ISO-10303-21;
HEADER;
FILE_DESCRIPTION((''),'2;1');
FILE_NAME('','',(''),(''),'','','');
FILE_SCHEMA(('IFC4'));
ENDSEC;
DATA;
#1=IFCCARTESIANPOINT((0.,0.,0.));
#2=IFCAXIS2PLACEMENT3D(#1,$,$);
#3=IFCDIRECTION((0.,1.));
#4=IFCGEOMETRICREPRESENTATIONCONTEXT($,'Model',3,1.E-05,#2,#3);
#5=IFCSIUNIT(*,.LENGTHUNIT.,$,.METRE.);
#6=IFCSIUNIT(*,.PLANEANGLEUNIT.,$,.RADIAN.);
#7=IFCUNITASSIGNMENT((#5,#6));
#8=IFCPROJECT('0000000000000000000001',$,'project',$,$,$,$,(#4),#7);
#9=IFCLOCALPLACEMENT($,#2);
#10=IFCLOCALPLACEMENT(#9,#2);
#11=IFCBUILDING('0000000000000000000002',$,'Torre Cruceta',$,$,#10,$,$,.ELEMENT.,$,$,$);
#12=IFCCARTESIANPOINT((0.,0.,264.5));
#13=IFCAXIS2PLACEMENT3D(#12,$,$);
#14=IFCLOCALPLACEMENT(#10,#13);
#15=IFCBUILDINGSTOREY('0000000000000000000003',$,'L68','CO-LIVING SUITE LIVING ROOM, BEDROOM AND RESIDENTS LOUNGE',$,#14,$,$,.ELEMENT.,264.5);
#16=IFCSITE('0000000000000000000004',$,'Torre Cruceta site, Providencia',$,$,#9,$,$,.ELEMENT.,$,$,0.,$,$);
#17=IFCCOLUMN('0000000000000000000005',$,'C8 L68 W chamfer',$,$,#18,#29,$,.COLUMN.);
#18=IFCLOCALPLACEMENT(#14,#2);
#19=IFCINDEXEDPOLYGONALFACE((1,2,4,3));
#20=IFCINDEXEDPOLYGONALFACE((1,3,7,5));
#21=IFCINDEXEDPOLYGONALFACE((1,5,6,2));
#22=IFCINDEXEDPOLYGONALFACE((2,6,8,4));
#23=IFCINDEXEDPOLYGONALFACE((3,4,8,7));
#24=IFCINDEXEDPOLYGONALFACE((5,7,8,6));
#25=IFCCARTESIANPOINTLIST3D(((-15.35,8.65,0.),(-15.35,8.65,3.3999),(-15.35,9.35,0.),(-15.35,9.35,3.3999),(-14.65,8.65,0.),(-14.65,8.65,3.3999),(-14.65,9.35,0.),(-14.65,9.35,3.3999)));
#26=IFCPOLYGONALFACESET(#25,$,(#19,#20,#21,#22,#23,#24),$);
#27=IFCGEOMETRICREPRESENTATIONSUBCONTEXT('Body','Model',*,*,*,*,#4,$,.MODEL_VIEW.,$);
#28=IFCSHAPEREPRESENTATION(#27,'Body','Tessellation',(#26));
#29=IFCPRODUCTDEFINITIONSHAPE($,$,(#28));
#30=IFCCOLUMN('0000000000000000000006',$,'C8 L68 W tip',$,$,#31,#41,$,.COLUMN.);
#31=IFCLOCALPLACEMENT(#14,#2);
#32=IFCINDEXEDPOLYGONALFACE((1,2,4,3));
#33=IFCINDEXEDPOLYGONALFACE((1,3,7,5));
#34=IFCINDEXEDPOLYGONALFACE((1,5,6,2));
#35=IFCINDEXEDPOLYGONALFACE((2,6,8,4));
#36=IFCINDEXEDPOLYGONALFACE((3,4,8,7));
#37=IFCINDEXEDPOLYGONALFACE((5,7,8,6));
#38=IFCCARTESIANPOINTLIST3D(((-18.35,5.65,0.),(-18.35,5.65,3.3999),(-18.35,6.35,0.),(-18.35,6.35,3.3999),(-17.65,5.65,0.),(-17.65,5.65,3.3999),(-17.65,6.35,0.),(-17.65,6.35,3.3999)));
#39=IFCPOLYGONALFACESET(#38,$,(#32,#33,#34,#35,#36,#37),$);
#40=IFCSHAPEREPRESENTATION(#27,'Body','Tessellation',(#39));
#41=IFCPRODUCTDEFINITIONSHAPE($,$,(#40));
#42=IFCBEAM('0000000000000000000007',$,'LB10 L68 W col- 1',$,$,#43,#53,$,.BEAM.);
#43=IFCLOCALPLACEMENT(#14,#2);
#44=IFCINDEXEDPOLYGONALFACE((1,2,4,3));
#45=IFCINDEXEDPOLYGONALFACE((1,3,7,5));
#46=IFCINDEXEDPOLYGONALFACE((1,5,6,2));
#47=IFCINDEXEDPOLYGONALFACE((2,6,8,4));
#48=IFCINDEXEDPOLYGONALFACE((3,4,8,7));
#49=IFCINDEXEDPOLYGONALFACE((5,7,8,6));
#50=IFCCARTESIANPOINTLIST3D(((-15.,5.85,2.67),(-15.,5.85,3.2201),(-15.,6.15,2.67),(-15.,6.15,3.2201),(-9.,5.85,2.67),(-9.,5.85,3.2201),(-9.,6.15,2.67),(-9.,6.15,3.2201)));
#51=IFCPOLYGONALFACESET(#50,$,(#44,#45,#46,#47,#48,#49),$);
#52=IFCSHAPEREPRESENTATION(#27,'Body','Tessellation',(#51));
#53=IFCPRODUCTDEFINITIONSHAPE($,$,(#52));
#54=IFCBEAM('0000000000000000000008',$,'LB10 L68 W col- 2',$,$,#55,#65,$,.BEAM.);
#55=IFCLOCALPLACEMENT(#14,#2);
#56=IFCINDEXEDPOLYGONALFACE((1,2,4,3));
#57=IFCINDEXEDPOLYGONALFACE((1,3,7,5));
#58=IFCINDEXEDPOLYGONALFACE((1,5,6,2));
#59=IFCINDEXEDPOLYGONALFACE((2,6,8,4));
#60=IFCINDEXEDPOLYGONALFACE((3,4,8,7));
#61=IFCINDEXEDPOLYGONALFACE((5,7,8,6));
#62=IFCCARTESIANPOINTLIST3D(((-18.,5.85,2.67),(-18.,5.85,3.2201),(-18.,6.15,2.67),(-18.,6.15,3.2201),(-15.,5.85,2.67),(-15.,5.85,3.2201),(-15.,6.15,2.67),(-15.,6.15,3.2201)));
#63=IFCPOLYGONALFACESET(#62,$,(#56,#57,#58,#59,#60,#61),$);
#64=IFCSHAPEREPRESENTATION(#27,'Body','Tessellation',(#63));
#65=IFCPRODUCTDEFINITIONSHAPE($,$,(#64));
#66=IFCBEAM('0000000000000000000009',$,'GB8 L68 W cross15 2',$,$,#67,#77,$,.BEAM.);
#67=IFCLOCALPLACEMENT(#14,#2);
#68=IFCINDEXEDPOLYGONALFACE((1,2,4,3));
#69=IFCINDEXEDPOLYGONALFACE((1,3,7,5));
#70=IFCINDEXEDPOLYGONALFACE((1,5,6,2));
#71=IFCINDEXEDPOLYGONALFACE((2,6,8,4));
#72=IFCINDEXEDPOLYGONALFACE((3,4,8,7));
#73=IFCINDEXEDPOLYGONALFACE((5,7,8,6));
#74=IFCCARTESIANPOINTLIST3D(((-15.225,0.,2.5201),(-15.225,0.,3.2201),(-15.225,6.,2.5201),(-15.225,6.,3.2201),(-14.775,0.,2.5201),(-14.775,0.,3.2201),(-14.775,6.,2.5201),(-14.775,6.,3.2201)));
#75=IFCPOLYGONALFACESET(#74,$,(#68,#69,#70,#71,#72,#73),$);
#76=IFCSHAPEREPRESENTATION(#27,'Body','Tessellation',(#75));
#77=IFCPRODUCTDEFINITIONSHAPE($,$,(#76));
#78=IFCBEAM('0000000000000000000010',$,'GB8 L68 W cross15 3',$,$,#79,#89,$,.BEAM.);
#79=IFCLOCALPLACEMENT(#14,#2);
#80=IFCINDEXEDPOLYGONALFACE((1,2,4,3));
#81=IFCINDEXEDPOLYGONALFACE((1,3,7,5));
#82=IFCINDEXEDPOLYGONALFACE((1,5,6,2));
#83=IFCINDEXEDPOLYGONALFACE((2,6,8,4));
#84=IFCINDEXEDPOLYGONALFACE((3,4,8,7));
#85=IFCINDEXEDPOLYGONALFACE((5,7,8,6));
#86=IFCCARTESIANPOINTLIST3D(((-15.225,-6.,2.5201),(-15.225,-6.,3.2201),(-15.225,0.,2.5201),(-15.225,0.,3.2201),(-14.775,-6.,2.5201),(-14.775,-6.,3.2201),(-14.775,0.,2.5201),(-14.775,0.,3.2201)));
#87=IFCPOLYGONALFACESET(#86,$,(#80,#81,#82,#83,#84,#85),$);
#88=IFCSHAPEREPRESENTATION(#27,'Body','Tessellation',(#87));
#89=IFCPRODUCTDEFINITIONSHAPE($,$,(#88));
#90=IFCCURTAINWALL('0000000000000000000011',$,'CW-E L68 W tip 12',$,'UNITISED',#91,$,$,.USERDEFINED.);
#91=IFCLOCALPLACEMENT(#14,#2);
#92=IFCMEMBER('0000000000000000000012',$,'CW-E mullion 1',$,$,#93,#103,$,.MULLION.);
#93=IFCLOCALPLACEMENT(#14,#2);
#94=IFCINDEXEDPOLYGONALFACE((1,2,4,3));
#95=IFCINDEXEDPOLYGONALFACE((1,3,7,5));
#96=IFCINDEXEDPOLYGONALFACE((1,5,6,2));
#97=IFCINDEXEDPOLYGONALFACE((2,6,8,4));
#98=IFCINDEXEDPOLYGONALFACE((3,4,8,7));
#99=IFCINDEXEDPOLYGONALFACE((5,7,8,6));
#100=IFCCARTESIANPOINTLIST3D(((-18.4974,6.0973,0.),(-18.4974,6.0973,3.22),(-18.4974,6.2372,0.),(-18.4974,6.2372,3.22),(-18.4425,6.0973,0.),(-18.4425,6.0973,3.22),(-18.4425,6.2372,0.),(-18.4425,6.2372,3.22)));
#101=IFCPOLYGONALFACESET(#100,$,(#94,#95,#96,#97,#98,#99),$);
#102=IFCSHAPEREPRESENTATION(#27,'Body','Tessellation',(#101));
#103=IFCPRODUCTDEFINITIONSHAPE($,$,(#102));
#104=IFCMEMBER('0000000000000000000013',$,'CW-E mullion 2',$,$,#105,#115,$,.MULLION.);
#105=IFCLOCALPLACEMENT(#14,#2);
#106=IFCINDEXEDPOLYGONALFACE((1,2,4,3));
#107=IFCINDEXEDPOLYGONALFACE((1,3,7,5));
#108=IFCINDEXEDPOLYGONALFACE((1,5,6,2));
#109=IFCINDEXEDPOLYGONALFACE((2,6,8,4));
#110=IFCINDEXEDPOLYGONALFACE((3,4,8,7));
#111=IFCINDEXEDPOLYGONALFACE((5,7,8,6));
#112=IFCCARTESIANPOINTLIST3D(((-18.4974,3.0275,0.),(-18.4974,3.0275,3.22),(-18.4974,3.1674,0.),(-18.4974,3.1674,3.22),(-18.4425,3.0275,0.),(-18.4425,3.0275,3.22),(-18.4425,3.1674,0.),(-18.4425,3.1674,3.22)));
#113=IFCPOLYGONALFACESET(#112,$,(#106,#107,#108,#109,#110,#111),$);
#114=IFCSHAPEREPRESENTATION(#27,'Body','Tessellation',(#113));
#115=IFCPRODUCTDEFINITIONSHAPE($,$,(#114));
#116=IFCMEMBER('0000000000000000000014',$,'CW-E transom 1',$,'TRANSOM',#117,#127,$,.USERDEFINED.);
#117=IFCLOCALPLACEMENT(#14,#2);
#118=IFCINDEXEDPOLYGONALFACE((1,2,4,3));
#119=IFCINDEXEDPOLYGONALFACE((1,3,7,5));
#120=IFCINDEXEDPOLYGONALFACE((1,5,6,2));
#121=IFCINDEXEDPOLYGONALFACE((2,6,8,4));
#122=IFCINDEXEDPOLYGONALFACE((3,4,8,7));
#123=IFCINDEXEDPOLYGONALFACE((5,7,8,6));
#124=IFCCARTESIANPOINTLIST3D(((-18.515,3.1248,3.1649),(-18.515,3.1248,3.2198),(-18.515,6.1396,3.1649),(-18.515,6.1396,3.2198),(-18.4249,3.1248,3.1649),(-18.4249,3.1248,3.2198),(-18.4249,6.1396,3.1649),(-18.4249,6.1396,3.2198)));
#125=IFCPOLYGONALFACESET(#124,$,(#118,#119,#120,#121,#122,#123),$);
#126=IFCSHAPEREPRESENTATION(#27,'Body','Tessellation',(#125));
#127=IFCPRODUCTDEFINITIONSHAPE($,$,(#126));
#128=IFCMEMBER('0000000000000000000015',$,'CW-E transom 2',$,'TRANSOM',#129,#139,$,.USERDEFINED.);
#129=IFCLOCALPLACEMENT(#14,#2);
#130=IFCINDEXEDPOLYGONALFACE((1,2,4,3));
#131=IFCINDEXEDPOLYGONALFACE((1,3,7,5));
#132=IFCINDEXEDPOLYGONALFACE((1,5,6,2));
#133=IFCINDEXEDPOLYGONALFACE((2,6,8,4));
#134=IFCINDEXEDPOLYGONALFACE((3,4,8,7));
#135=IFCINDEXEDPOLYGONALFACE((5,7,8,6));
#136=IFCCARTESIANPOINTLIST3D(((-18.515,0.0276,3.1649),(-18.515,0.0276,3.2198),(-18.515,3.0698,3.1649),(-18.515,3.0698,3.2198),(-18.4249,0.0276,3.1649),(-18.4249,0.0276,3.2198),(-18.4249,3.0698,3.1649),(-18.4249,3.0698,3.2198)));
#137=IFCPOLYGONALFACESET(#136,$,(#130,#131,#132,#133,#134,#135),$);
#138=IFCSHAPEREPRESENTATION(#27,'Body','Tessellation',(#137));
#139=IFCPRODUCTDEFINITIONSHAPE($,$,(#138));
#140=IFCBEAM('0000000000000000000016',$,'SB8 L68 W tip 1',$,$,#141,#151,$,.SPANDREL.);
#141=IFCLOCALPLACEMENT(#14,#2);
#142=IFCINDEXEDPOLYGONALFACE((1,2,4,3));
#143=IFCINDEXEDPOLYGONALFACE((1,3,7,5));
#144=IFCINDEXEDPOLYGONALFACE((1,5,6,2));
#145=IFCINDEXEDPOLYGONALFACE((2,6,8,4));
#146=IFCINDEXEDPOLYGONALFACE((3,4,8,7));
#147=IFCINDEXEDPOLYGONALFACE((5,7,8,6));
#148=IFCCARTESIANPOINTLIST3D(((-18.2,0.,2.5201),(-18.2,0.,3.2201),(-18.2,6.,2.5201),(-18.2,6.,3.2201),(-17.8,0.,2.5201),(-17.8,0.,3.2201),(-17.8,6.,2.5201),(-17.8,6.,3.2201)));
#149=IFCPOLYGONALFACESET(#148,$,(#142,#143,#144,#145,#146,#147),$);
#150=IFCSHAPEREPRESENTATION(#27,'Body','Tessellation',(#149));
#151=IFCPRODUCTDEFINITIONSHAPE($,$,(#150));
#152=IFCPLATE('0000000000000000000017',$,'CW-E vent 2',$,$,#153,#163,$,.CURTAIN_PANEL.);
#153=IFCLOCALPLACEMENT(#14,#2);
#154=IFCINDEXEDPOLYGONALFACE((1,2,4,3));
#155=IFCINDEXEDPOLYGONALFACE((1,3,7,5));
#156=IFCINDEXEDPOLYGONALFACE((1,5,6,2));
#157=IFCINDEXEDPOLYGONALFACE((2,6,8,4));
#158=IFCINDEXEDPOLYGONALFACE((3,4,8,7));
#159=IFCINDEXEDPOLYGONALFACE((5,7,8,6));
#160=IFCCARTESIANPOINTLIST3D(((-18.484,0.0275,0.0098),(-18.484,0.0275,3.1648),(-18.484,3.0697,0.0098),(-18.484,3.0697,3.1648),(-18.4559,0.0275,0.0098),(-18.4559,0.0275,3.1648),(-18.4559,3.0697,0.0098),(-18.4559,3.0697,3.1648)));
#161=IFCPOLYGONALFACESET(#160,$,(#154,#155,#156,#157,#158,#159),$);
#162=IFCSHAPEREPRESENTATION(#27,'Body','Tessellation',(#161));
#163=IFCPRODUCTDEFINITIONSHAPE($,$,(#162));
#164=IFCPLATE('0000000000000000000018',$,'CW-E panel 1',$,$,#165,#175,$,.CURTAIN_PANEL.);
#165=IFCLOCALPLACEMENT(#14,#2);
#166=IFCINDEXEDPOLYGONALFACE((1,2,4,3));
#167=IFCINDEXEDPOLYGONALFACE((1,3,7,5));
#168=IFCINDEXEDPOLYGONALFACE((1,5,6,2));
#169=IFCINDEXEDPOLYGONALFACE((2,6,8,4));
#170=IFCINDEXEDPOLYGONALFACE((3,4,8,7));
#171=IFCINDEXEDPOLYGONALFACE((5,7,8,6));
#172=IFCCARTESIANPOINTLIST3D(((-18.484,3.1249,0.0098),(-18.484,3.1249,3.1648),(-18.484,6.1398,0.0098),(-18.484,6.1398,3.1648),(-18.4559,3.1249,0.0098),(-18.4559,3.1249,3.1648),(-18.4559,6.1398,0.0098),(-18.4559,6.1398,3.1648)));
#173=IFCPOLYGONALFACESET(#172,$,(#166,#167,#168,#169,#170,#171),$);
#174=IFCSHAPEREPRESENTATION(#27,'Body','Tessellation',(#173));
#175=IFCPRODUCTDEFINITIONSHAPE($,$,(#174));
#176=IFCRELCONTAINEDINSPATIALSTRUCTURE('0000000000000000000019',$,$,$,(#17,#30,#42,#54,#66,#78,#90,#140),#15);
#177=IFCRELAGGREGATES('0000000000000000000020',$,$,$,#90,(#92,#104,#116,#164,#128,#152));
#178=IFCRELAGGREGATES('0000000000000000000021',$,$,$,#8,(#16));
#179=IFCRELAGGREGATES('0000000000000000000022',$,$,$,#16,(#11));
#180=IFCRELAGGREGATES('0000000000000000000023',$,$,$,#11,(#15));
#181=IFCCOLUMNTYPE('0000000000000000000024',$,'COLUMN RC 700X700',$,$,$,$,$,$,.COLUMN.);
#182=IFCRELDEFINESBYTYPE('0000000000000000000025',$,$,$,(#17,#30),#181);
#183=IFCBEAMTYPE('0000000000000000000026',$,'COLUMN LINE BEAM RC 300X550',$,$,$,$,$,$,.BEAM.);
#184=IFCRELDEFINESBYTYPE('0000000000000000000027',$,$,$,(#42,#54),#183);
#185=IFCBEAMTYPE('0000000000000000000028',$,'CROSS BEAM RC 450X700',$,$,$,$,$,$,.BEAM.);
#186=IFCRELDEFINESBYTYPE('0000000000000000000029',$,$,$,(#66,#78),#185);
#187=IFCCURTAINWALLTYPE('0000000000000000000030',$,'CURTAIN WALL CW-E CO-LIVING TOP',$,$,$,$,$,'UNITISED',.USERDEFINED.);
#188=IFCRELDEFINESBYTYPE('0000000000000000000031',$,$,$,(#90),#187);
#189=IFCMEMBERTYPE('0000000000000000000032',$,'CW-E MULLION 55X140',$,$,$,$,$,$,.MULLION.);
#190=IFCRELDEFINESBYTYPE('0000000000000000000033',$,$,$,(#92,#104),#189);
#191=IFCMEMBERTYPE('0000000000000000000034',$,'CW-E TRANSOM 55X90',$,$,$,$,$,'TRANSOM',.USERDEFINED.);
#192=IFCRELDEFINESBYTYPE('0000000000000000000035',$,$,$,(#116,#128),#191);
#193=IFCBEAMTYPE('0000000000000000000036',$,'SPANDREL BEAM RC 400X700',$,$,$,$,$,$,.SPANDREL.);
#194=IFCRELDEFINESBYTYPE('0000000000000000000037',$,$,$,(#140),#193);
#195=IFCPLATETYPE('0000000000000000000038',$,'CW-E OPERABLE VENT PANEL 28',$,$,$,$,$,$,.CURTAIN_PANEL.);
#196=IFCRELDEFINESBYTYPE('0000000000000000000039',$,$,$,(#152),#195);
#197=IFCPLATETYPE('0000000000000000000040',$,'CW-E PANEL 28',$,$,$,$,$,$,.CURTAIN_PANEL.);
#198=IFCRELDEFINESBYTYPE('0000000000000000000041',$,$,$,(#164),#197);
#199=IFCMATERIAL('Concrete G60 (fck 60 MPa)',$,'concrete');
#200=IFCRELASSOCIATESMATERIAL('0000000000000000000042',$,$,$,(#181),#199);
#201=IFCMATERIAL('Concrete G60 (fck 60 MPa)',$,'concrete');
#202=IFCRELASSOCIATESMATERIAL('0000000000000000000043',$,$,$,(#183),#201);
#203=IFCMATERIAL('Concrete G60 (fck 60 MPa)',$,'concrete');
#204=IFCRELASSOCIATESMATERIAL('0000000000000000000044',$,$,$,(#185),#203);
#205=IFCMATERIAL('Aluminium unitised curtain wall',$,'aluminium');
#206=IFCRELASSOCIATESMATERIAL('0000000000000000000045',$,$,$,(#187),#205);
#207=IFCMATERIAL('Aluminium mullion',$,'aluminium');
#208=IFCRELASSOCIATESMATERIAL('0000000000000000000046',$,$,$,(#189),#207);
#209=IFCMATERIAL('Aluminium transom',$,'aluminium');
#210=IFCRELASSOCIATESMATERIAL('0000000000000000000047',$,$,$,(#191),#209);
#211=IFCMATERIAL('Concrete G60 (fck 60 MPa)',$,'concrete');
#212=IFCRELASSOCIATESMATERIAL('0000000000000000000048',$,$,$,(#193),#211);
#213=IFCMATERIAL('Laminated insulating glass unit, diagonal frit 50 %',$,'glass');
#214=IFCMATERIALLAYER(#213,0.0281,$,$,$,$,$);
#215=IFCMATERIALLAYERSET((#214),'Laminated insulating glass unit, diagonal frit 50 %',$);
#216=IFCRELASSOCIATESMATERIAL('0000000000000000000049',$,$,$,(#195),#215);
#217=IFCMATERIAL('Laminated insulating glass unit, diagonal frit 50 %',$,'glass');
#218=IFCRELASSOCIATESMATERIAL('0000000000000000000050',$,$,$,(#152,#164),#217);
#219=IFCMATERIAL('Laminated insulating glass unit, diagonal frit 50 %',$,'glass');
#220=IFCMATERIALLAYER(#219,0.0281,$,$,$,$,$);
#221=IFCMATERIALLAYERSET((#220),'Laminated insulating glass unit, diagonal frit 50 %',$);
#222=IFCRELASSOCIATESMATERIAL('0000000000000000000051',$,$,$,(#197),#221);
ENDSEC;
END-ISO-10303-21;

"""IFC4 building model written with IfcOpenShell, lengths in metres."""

from ifc_helpers import new_model, si_unit, direction, frame, origin, origin_2d, place, context, subcontext, project, spatial, rectangle, extrude, material, layer, layer_set, material_profile, profile_set, type_object, element, aggregate, save


model = new_model("IFC4")

# Units and contexts
model_context = context("Model", 3, precision=1e-05, world=origin(), true_north=direction((0.0, 1.0)))
body_context = subcontext(model_context, "Body", "Model", "MODEL_VIEW")
ifc_project = project(units=[si_unit("LENGTHUNIT", "METRE"), si_unit("PLANEANGLEUNIT", "RADIAN")], contexts=[model_context])

# Site, building, storey
site_placement = place(None, origin())
site = spatial("IfcSite", under=ifc_project, at=site_placement, Name="Torre Cruceta site, Providencia", CompositionType="ELEMENT", RefElevation=0.0)
building_placement = place(site_placement, origin())
building = spatial("IfcBuilding", under=site, at=building_placement, Name="Torre Cruceta", CompositionType="ELEMENT")
storey_placement = place(building_placement, frame((0.0, 0.0, 264.5)))
storey = spatial("IfcBuildingStorey", under=building, at=storey_placement, Name="L68", Description="CO-LIVING SUITE LIVING ROOM, BEDROOM AND RESIDENTS LOUNGE", CompositionType="ELEMENT", Elevation=264.5)

# Columns
ifc_material_1 = material(Name="Concrete G60 (fck 60 MPa)", Category="concrete")
ifc_material_profile_1 = material_profile(ifc_material_1, rectangle(XDim=0.7, YDim=0.7, at=origin_2d()), Name="RC 700X700")
ifc_profile_set_1 = profile_set([ifc_material_profile_1], Name="Concrete G60 (fck 60 MPa)")
column_type = type_object("IfcColumnType", Name="COLUMN RC 700X700", PredefinedType="COLUMN", material=ifc_profile_set_1)
for number, where, z_axis, x_axis, name in (
    (1, (-15.0, 9.0, 0.0), (0.0, 0.0, 1.0), (1.0, 0.0, 0.0), "C8 L68 W chamfer"),
    (2, (-18.0, 6.0, 0.0), (0.0, 0.0, 1.0), (1.0, 0.0, 0.0), "C8 L68 W tip"),
):
    element("IfcColumn", number, at=place(storey_placement, frame(where, z_axis=z_axis, x_axis=x_axis)), inside=storey, type_object=column_type, Name=name, PredefinedType="COLUMN", context=body_context, shape_type="SweptSolid", body=[
        extrude(rectangle(XDim=0.7, YDim=0.7, at=origin_2d()), origin(), (0.0, 0.0, 1.0), 3.3999),
    ])

# Beams
ifc_material_2 = material(Name="Concrete G60 (fck 60 MPa)", Category="concrete")
ifc_material_profile_2 = material_profile(ifc_material_2, rectangle(XDim=0.3, YDim=0.55, at=origin_2d()), Name="RC 300X550")
ifc_profile_set_2 = profile_set([ifc_material_profile_2], Name="Concrete G60 (fck 60 MPa)")
beam_type_1 = type_object("IfcBeamType", Name="COLUMN LINE BEAM RC 300X550", PredefinedType="BEAM", material=ifc_profile_set_2)
beam_1_placement = place(storey_placement, frame((-9.0, 6.0, 2.9451), z_axis=(-1.0, 0.0, 0.0), x_axis=(0.0, -1.0, 0.0)))
element("IfcBeam", 3, at=beam_1_placement, inside=storey, type_object=beam_type_1, Name="LB10 L68 W col- 1", PredefinedType="BEAM", context=body_context, shape_type="SweptSolid", body=[
    extrude(rectangle(XDim=0.3, YDim=0.55, at=origin_2d()), origin(), (0.0, 0.0, 1.0), 6.0),
])
beam_2_placement = place(storey_placement, frame((-15.0, 6.0, 2.9451), z_axis=(-1.0, 0.0, 0.0), x_axis=(0.0, -1.0, 0.0)))
element("IfcBeam", 4, at=beam_2_placement, inside=storey, type_object=beam_type_1, Name="LB10 L68 W col- 2", PredefinedType="BEAM", context=body_context, shape_type="SweptSolid", body=[
    extrude(rectangle(XDim=0.3, YDim=0.55, at=origin_2d()), origin(), (0.0, 0.0, 1.0), 3.0),
])
ifc_material_3 = material(Name="Concrete G60 (fck 60 MPa)", Category="concrete")
ifc_material_profile_3 = material_profile(ifc_material_3, rectangle(XDim=0.45, YDim=0.7, at=origin_2d()), Name="RC 450X700")
ifc_profile_set_3 = profile_set([ifc_material_profile_3], Name="Concrete G60 (fck 60 MPa)")
beam_type_2 = type_object("IfcBeamType", Name="CROSS BEAM RC 450X700", PredefinedType="BEAM", material=ifc_profile_set_3)
for number, where, z_axis, x_axis, name in (
    (5, (-15.0, 6.0, 2.8701), (0.0, -1.0, 0.0), (1.0, 0.0, 0.0), "GB8 L68 W cross15 2"),
    (6, (-15.0, 0.0, 2.8701), (0.0, -1.0, 0.0), (1.0, 0.0, 0.0), "GB8 L68 W cross15 3"),
):
    element("IfcBeam", number, at=place(storey_placement, frame(where, z_axis=z_axis, x_axis=x_axis)), inside=storey, type_object=beam_type_2, Name=name, PredefinedType="BEAM", context=body_context, shape_type="SweptSolid", body=[
        extrude(rectangle(XDim=0.45, YDim=0.7, at=origin_2d()), origin(), (0.0, 0.0, 1.0), 6.0),
    ])

# Curtain wall, members
ifc_material_4 = material(Name="Aluminium unitised curtain wall", Category="aluminium")
curtain_wall_type = type_object("IfcCurtainWallType", Name="CURTAIN WALL CW-E CO-LIVING TOP", ElementType="UNITISED", PredefinedType="USERDEFINED", material=ifc_material_4)
curtain_wall_placement = place(storey_placement, origin())
curtain_wall = element("IfcCurtainWall", 7, at=curtain_wall_placement, inside=storey, type_object=curtain_wall_type, Name="CW-E L68 W tip 12", ObjectType="UNITISED", PredefinedType="USERDEFINED")
ifc_material_5 = material(Name="Aluminium mullion", Category="aluminium")
ifc_material_profile_4 = material_profile(ifc_material_5, rectangle(XDim=0.0549, YDim=0.1399, at=origin_2d()), Name="AL 55X140")
ifc_profile_set_4 = profile_set([ifc_material_profile_4], Name="Aluminium mullion")
member_type_1 = type_object("IfcMemberType", Name="CW-E MULLION 55X140", PredefinedType="MULLION", material=ifc_profile_set_4)
member_1_placement = place(storey_placement, frame((-18.47, 6.1672, 0.0), z_axis=(0.0, 0.0, 1.0), x_axis=(1.0, 0.0, 0.0)))
member_1 = element("IfcMember", 8, at=member_1_placement, type_object=member_type_1, Name="CW-E mullion 1", PredefinedType="MULLION", context=body_context, shape_type="SweptSolid", body=[
    extrude(rectangle(XDim=0.0549, YDim=0.1399, at=origin_2d()), origin(), (0.0, 0.0, 1.0), 3.22),
])
member_2_placement = place(storey_placement, frame((-18.47, 3.0974, 0.0), z_axis=(0.0, 0.0, 1.0), x_axis=(1.0, 0.0, 0.0)))
member_2 = element("IfcMember", 9, at=member_2_placement, type_object=member_type_1, Name="CW-E mullion 2", PredefinedType="MULLION", context=body_context, shape_type="SweptSolid", body=[
    extrude(rectangle(XDim=0.0549, YDim=0.1399, at=origin_2d()), origin(), (0.0, 0.0, 1.0), 3.22),
])
ifc_material_6 = material(Name="Aluminium transom", Category="aluminium")
ifc_material_profile_5 = material_profile(ifc_material_6, rectangle(XDim=0.0901, YDim=0.0549, at=origin_2d()), Name="AL 90X55")
ifc_profile_set_5 = profile_set([ifc_material_profile_5], Name="Aluminium transom")
member_type_2 = type_object("IfcMemberType", Name="CW-E TRANSOM 55X90", ElementType="TRANSOM", PredefinedType="USERDEFINED", material=ifc_profile_set_5)
member_3_placement = place(storey_placement, frame((-18.47, 6.1396, 3.1924), z_axis=(0.0, -1.0, 0.0), x_axis=(1.0, 0.0, 0.0)))
member_3 = element("IfcMember", 10, at=member_3_placement, type_object=member_type_2, Name="CW-E transom 1", ObjectType="TRANSOM", PredefinedType="USERDEFINED", context=body_context, shape_type="SweptSolid", body=[
    extrude(rectangle(XDim=0.0901, YDim=0.0549, at=origin_2d()), origin(), (0.0, 0.0, 1.0), 3.0149),
])
member_4_placement = place(storey_placement, frame((-18.47, 3.0698, 3.1924), z_axis=(0.0, -1.0, 0.0), x_axis=(1.0, 0.0, 0.0)))
member_4 = element("IfcMember", 11, at=member_4_placement, type_object=member_type_2, Name="CW-E transom 2", ObjectType="TRANSOM", PredefinedType="USERDEFINED", context=body_context, shape_type="SweptSolid", body=[
    extrude(rectangle(XDim=0.0901, YDim=0.0549, at=origin_2d()), origin(), (0.0, 0.0, 1.0), 3.0422),
])

# Beam
ifc_material_7 = material(Name="Concrete G60 (fck 60 MPa)", Category="concrete")
ifc_material_profile_6 = material_profile(ifc_material_7, rectangle(XDim=0.3999, YDim=0.7, at=origin_2d()), Name="RC 400X700")
ifc_profile_set_6 = profile_set([ifc_material_profile_6], Name="Concrete G60 (fck 60 MPa)")
beam_type_3 = type_object("IfcBeamType", Name="SPANDREL BEAM RC 400X700", PredefinedType="SPANDREL", material=ifc_profile_set_6)
beam_3_placement = place(storey_placement, frame((-18.0, 6.0, 2.8701), z_axis=(0.0, -1.0, 0.0), x_axis=(1.0, 0.0, 0.0)))
element("IfcBeam", 12, at=beam_3_placement, inside=storey, type_object=beam_type_3, Name="SB8 L68 W tip 1", PredefinedType="SPANDREL", context=body_context, shape_type="SweptSolid", body=[
    extrude(rectangle(XDim=0.3999, YDim=0.7, at=origin_2d()), origin(), (0.0, 0.0, 1.0), 6.0),
])

# Plates
ifc_material_8 = material(Name="Laminated insulating glass unit, diagonal frit 50 %", Category="glass")
ifc_material_9 = material(Name="Laminated insulating glass unit, diagonal frit 50 %", Category="glass")
ifc_layer_1 = layer(ifc_material_9, 0.0281)
ifc_layer_set_1 = layer_set([ifc_layer_1], Name="Laminated insulating glass unit, diagonal frit 50 %")
plate_type_1 = type_object("IfcPlateType", Name="CW-E OPERABLE VENT PANEL 28", PredefinedType="CURTAIN_PANEL", material=ifc_layer_set_1)
plate_1_placement = place(storey_placement, frame((-18.47, 1.5486, 0.0098), z_axis=(0.0, 0.0, 1.0), x_axis=(0.0, -1.0, 0.0)))
plate_1 = element("IfcPlate", 13, at=plate_1_placement, type_object=plate_type_1, material=ifc_material_8, Name="CW-E vent 2", PredefinedType="CURTAIN_PANEL", context=body_context, shape_type="SweptSolid", body=[
    extrude(rectangle(XDim=3.0422, YDim=0.0281, at=origin_2d()), origin(), (0.0, 0.0, 1.0), 3.155),
])
ifc_material_10 = material(Name="Laminated insulating glass unit, diagonal frit 50 %", Category="glass")
ifc_layer_2 = layer(ifc_material_10, 0.0281)
ifc_layer_set_2 = layer_set([ifc_layer_2], Name="Laminated insulating glass unit, diagonal frit 50 %")
plate_type_2 = type_object("IfcPlateType", Name="CW-E PANEL 28", PredefinedType="CURTAIN_PANEL", material=ifc_layer_set_2)
plate_2_placement = place(storey_placement, frame((-18.47, 4.6323, 0.0098), z_axis=(0.0, 0.0, 1.0), x_axis=(0.0, -1.0, 0.0)))
plate_2 = element("IfcPlate", 14, at=plate_2_placement, type_object=plate_type_2, material=ifc_material_8, Name="CW-E panel 1", PredefinedType="CURTAIN_PANEL", context=body_context, shape_type="SweptSolid", body=[
    extrude(rectangle(XDim=3.0149, YDim=0.0281, at=origin_2d()), origin(), (0.0, 0.0, 1.0), 3.155),
])
aggregate(curtain_wall, [member_1, member_2, member_3, plate_2, member_4, plate_1])

save(model, "model.ifc")
